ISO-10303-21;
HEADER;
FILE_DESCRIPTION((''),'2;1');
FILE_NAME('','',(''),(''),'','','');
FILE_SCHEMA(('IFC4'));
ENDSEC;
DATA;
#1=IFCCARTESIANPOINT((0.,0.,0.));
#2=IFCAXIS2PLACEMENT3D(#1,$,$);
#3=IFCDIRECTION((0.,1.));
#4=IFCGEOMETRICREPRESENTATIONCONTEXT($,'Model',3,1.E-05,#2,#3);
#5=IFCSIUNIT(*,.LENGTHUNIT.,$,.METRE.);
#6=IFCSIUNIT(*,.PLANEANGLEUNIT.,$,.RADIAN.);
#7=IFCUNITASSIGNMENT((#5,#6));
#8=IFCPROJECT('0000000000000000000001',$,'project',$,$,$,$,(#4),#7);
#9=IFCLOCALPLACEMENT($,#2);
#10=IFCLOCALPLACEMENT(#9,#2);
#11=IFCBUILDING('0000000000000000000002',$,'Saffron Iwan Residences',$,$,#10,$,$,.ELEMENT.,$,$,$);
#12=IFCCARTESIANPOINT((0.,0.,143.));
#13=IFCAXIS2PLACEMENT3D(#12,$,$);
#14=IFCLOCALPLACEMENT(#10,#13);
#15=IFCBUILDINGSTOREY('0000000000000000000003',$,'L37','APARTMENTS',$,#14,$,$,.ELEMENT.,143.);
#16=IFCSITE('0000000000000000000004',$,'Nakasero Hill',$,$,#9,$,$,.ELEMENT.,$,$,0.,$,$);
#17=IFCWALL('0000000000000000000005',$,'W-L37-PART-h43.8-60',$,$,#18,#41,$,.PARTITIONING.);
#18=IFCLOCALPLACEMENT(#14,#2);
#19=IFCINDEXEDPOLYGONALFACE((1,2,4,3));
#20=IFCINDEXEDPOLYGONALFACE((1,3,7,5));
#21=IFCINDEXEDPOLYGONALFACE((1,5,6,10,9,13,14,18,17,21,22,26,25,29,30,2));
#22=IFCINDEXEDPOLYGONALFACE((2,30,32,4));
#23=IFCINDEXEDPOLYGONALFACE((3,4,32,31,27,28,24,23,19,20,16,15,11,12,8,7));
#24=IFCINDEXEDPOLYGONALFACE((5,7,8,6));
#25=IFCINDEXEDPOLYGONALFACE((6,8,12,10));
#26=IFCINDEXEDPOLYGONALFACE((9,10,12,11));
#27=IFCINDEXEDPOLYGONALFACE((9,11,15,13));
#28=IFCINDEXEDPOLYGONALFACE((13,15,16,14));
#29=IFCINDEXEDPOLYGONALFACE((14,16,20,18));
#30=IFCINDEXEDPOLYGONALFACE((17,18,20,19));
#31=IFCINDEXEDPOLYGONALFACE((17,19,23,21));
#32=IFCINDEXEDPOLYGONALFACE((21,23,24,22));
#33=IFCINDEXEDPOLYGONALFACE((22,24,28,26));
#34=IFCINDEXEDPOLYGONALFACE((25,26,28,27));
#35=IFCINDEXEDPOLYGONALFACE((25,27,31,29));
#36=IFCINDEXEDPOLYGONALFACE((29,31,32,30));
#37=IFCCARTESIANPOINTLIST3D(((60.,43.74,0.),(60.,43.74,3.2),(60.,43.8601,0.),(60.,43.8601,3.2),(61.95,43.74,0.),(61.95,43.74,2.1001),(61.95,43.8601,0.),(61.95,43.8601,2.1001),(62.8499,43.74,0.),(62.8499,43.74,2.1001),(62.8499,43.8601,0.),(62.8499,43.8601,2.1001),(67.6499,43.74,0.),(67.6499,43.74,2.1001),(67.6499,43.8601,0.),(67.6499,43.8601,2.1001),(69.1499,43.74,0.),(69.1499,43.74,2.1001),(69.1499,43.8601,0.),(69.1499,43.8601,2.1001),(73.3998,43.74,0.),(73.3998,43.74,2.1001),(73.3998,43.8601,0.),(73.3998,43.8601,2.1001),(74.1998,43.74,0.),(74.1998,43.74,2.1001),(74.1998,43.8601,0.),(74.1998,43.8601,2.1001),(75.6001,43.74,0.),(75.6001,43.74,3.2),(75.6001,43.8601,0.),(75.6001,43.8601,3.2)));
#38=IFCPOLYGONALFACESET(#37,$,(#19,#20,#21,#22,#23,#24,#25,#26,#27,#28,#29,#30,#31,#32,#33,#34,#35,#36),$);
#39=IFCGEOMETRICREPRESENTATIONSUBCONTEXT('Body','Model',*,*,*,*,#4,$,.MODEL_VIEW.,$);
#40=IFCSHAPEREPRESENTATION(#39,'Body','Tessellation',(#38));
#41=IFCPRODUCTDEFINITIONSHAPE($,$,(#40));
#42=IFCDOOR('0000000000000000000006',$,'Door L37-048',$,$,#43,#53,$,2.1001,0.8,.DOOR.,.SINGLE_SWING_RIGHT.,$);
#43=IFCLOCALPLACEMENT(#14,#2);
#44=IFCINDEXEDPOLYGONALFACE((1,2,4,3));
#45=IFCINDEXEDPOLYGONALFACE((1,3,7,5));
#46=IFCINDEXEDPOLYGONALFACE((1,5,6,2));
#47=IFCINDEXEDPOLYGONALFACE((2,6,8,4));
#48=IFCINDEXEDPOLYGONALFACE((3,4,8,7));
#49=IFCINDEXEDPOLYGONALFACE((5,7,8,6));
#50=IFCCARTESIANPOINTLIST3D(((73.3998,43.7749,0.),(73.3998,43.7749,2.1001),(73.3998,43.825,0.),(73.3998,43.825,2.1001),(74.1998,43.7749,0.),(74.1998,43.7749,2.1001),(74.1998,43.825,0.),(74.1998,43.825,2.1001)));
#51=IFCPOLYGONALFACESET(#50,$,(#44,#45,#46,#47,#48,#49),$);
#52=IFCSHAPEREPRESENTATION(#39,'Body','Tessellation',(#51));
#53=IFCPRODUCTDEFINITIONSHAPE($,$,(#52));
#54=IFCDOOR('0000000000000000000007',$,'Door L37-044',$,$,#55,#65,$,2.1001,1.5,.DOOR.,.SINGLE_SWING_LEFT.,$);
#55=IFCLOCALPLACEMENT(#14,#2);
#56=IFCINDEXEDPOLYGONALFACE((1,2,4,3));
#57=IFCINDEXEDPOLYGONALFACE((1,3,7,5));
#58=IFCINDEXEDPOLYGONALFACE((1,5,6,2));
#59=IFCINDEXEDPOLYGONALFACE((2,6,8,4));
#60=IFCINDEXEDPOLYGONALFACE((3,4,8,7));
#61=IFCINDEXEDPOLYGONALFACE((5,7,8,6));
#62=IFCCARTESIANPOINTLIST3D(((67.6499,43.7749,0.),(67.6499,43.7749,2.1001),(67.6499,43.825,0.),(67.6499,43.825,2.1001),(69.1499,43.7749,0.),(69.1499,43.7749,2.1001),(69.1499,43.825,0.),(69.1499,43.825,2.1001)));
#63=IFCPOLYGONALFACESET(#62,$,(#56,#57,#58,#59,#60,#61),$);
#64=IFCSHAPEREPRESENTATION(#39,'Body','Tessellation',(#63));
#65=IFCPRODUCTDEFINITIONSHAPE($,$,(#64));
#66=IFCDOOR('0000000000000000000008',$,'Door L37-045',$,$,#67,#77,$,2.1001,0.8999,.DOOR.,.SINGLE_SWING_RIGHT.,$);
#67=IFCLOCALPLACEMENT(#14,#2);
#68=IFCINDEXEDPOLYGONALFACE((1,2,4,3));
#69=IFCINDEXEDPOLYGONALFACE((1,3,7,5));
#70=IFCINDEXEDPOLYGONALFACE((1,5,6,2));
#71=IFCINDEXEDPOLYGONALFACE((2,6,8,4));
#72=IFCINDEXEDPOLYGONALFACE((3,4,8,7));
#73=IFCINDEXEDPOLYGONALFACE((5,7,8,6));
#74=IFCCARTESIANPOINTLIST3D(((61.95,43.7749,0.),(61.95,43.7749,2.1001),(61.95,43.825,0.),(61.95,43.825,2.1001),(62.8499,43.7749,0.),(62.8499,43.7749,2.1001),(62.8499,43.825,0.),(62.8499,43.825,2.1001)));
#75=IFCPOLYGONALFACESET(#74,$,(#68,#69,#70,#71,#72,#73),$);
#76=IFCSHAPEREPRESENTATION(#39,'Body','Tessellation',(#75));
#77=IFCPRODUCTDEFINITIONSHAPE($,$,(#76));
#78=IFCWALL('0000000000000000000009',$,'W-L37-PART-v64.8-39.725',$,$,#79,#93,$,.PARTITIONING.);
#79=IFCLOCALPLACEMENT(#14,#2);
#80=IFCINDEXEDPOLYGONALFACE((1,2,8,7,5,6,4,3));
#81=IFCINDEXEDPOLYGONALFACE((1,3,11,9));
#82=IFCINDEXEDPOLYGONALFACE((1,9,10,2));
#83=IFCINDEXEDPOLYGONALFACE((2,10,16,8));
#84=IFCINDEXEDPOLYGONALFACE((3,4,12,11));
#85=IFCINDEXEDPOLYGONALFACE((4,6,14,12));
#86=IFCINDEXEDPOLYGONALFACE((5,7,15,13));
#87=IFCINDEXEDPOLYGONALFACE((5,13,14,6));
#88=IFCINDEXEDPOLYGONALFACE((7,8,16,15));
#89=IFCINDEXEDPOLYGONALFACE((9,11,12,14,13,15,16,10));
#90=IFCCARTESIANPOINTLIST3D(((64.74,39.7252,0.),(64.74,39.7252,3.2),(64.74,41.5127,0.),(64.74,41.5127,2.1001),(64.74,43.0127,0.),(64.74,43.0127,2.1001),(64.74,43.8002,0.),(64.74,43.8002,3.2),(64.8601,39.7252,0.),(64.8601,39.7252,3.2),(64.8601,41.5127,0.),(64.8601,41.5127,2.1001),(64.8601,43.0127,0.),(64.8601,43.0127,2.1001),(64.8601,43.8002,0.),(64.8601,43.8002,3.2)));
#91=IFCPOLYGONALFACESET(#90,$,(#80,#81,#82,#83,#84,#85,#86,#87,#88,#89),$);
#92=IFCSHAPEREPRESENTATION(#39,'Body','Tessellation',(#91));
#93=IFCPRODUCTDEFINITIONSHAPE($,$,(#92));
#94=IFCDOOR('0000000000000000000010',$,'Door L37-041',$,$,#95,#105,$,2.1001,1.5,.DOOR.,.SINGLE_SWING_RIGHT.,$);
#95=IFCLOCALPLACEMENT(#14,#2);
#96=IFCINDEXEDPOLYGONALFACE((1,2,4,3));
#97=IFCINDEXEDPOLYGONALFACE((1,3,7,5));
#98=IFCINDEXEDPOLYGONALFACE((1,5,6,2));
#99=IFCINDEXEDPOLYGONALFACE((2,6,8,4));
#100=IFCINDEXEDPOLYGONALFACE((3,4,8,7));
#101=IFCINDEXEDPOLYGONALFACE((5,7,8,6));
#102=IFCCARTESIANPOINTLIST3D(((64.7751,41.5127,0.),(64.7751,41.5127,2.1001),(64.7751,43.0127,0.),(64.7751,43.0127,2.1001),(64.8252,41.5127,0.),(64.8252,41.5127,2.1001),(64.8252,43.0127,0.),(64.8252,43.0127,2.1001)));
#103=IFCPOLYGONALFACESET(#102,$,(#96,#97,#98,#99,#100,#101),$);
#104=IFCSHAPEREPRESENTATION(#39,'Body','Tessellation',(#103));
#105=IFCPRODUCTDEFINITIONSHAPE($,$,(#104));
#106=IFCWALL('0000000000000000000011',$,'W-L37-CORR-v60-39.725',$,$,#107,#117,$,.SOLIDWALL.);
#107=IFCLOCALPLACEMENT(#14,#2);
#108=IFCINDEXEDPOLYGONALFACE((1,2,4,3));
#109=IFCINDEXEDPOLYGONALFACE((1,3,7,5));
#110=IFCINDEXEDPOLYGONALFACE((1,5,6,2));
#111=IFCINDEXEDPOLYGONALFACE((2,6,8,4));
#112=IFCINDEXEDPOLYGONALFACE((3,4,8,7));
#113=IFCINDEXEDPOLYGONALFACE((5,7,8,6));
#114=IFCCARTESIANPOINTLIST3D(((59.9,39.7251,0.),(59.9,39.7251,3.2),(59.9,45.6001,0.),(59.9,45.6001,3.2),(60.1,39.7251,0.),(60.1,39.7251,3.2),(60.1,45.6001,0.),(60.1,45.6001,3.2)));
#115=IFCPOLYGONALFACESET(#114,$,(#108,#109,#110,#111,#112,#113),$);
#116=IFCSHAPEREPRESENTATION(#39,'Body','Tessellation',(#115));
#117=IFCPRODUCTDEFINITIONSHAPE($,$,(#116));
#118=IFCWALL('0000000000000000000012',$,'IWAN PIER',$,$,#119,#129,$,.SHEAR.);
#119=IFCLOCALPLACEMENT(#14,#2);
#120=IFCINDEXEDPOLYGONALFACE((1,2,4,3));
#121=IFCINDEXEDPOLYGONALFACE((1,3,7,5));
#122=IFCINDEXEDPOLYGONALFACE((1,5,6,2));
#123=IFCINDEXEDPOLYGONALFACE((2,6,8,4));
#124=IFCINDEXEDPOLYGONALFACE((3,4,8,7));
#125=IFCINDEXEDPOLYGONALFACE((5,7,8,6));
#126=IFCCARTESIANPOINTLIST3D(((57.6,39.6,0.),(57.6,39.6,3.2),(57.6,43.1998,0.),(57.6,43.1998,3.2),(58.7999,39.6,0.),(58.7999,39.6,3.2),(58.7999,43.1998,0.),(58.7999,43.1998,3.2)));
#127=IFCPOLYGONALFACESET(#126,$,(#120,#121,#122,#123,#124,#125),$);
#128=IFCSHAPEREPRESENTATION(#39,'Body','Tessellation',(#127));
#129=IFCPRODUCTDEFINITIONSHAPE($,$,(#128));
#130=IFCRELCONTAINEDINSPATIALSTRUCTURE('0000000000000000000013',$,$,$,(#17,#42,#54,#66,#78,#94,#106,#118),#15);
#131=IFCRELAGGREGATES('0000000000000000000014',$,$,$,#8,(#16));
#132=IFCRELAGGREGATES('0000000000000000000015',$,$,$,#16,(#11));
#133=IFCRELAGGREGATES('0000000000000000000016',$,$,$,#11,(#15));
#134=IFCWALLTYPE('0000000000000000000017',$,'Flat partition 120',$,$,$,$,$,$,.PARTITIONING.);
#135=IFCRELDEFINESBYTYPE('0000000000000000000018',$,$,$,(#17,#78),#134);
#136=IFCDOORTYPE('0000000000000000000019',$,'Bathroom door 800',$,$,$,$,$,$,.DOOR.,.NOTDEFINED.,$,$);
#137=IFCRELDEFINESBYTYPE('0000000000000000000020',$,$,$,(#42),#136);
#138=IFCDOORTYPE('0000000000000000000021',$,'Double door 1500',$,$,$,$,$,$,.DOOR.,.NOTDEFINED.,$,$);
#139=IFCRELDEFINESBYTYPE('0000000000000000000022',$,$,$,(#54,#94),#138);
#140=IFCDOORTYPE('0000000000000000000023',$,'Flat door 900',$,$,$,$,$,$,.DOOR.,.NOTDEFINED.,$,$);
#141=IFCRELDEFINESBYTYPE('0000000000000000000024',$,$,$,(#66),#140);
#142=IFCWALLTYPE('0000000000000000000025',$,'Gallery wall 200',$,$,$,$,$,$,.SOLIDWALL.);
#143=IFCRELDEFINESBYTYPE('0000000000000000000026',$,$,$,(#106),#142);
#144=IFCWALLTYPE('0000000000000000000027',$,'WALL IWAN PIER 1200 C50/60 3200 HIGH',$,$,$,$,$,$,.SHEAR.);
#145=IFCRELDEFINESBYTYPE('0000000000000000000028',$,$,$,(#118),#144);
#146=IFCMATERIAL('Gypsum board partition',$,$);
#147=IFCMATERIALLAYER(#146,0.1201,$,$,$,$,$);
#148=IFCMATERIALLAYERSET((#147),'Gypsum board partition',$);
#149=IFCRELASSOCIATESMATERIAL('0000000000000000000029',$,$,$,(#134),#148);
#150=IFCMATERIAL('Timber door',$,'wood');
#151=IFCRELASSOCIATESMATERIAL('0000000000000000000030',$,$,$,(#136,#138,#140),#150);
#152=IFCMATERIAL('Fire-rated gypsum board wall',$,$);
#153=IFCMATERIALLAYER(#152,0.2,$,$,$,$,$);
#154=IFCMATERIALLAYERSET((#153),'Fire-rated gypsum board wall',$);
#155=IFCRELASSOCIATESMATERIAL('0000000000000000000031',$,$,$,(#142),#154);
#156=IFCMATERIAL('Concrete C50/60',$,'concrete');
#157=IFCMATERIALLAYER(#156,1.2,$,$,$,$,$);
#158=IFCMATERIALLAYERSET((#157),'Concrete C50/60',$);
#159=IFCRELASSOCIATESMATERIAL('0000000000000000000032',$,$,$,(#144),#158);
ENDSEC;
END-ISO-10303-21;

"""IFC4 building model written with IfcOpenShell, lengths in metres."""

from ifc_helpers import new_model, si_unit, direction, frame, frame_2d, origin, place, context, subcontext, project, spatial, rectangle, extrude, material, layer, layer_set, type_object, element, fill, save


model = new_model("IFC4")

# Units and contexts
model_context = context("Model", 3, precision=1e-05, world=origin(), true_north=direction((0.0, 1.0)))
body_context = subcontext(model_context, "Body", "Model", "MODEL_VIEW")
ifc_project = project(units=[si_unit("LENGTHUNIT", "METRE"), si_unit("PLANEANGLEUNIT", "RADIAN")], contexts=[model_context])

# Site, building, storey
site_placement = place(None, origin())
site = spatial("IfcSite", under=ifc_project, at=site_placement, Name="Nakasero Hill", CompositionType="ELEMENT", RefElevation=0.0)
building_placement = place(site_placement, origin())
building = spatial("IfcBuilding", under=site, at=building_placement, Name="Saffron Iwan Residences", CompositionType="ELEMENT")
storey_placement = place(building_placement, frame((0.0, 0.0, 143.0)))
storey = spatial("IfcBuildingStorey", under=building, at=storey_placement, Name="L37", Description="APARTMENTS", CompositionType="ELEMENT", Elevation=143.0)

# Shared definitions
ifc_material_1 = material(Name="Concrete C50/60", Category="concrete")

# Wall, openings, doors
ifc_material_2 = material(Name="Gypsum board partition")
ifc_layer_1 = layer(ifc_material_2, 0.1201)
ifc_layer_set_1 = layer_set([ifc_layer_1], Name="Gypsum board partition")
wall_type_1 = type_object("IfcWallType", Name="Flat partition 120", PredefinedType="PARTITIONING", material=ifc_layer_set_1)
wall_1_placement = place(storey_placement, frame((60.0, 43.8, 0.0), z_axis=(0.0, 0.0, 1.0), x_axis=(1.0, 0.0, 0.0)))
wall_1 = element("IfcWall", 1, at=wall_1_placement, inside=storey, type_object=wall_type_1, Name="W-L37-PART-h43.8-60", PredefinedType="PARTITIONING", context=body_context, shape_type="SweptSolid", body=[
    extrude(rectangle(XDim=15.6001, YDim=0.1201, at=frame_2d((7.8, 0.0))), origin(), (0.0, 0.0, 1.0), 3.2),
])
opening_1_placement = place(wall_1_placement, frame((7.6499, 0.0, 0.0)))
opening_1 = element("IfcOpeningElement", 2, at=opening_1_placement, cuts=wall_1, PredefinedType="OPENING", context=body_context, shape_type="SweptSolid", body=[
    extrude(rectangle(XDim=1.5, YDim=2.1001, at=frame_2d((0.75, 1.05))), frame((0.0, 0.0701, 0.0), z_axis=(0.0, -1.0, 0.0), x_axis=(1.0, 0.0, 0.0)), (0.0, 0.0, 1.0), 0.1401),
])
opening_2_placement = place(wall_1_placement, frame((1.95, 0.0, 0.0)))
opening_2 = element("IfcOpeningElement", 3, at=opening_2_placement, cuts=wall_1, PredefinedType="OPENING", context=body_context, shape_type="SweptSolid", body=[
    extrude(rectangle(XDim=0.8999, YDim=2.1001, at=frame_2d((0.45, 1.05))), frame((0.0, 0.0701, 0.0), z_axis=(0.0, -1.0, 0.0), x_axis=(1.0, 0.0, 0.0)), (0.0, 0.0, 1.0), 0.1401),
])
opening_3_placement = place(wall_1_placement, frame((13.3999, 0.0, 0.0)))
opening_3 = element("IfcOpeningElement", 4, at=opening_3_placement, cuts=wall_1, PredefinedType="OPENING", context=body_context, shape_type="SweptSolid", body=[
    extrude(rectangle(XDim=0.8, YDim=2.1001, at=frame_2d((0.3999, 1.05))), frame((0.0, 0.0701, 0.0), z_axis=(0.0, -1.0, 0.0), x_axis=(1.0, 0.0, 0.0)), (0.0, 0.0, 1.0), 0.1401),
])
ifc_material_3 = material(Name="Timber door", Category="wood")
door_type_1 = type_object("IfcDoorType", Name="Bathroom door 800", OperationType="NOTDEFINED", PredefinedType="DOOR", material=ifc_material_3)
door_1_placement = place(opening_3_placement, origin())
door_1 = element("IfcDoor", 5, at=door_1_placement, inside=storey, type_object=door_type_1, Name="Door L37-048", OperationType="SINGLE_SWING_RIGHT", OverallHeight=2.1001, OverallWidth=0.8, PredefinedType="DOOR", context=body_context, shape_type="SweptSolid", body=[
    extrude(rectangle(XDim=0.8, YDim=2.1001, at=frame_2d((0.3999, 1.05))), frame((0.0, 0.0249, 0.0), z_axis=(0.0, -1.0, 0.0), x_axis=(1.0, 0.0, 0.0)), (0.0, 0.0, 1.0), 0.05),
])
fill(opening_3, door_1)
door_type_2 = type_object("IfcDoorType", Name="Double door 1500", OperationType="NOTDEFINED", PredefinedType="DOOR", material=ifc_material_3)
door_2_placement = place(opening_1_placement, origin())
door_2 = element("IfcDoor", 6, at=door_2_placement, inside=storey, type_object=door_type_2, Name="Door L37-044", OperationType="SINGLE_SWING_LEFT", OverallHeight=2.1001, OverallWidth=1.5, PredefinedType="DOOR", context=body_context, shape_type="SweptSolid", body=[
    extrude(rectangle(XDim=1.5, YDim=2.1001, at=frame_2d((0.75, 1.05))), frame((0.0, 0.0249, 0.0), z_axis=(0.0, -1.0, 0.0), x_axis=(1.0, 0.0, 0.0)), (0.0, 0.0, 1.0), 0.05),
])
fill(opening_1, door_2)
door_type_3 = type_object("IfcDoorType", Name="Flat door 900", OperationType="NOTDEFINED", PredefinedType="DOOR", material=ifc_material_3)
door_3_placement = place(opening_2_placement, origin())
door_3 = element("IfcDoor", 7, at=door_3_placement, inside=storey, type_object=door_type_3, Name="Door L37-045", OperationType="SINGLE_SWING_RIGHT", OverallHeight=2.1001, OverallWidth=0.8999, PredefinedType="DOOR", context=body_context, shape_type="SweptSolid", body=[
    extrude(rectangle(XDim=0.8999, YDim=2.1001, at=frame_2d((0.45, 1.05))), frame((0.0, 0.0249, 0.0), z_axis=(0.0, -1.0, 0.0), x_axis=(1.0, 0.0, 0.0)), (0.0, 0.0, 1.0), 0.05),
])
fill(opening_2, door_3)

# Wall, opening, door
wall_2_placement = place(storey_placement, frame((64.8, 39.7251, 0.0), z_axis=(0.0, 0.0, 1.0), x_axis=(0.0, 1.0, 0.0)))
wall_2 = element("IfcWall", 8, at=wall_2_placement, inside=storey, type_object=wall_type_1, Name="W-L37-PART-v64.8-39.725", PredefinedType="PARTITIONING", context=body_context, shape_type="SweptSolid", body=[
    extrude(rectangle(XDim=4.075, YDim=0.1201, at=frame_2d((2.0376, 0.0))), origin(), (0.0, 0.0, 1.0), 3.2),
])
opening_4_placement = place(wall_2_placement, frame((1.7876, 0.0, 0.0)))
opening_4 = element("IfcOpeningElement", 9, at=opening_4_placement, cuts=wall_2, PredefinedType="OPENING", context=body_context, shape_type="SweptSolid", body=[
    extrude(rectangle(XDim=1.5, YDim=2.1001, at=frame_2d((0.75, 1.05))), frame((0.0, 0.0701, 0.0), z_axis=(0.0, -1.0, 0.0), x_axis=(1.0, 0.0, 0.0)), (0.0, 0.0, 1.0), 0.1401),
])
door_4_placement = place(opening_4_placement, origin())
door_4 = element("IfcDoor", 10, at=door_4_placement, inside=storey, type_object=door_type_2, Name="Door L37-041", OperationType="SINGLE_SWING_RIGHT", OverallHeight=2.1001, OverallWidth=1.5, PredefinedType="DOOR", context=body_context, shape_type="SweptSolid", body=[
    extrude(rectangle(XDim=1.5, YDim=2.1001, at=frame_2d((0.75, 1.05))), frame((0.0, 0.0249, 0.0), z_axis=(0.0, -1.0, 0.0), x_axis=(1.0, 0.0, 0.0)), (0.0, 0.0, 1.0), 0.05),
])
fill(opening_4, door_4)

# Walls
ifc_material_4 = material(Name="Fire-rated gypsum board wall")
ifc_layer_2 = layer(ifc_material_4, 0.2)
ifc_layer_set_2 = layer_set([ifc_layer_2], Name="Fire-rated gypsum board wall")
wall_type_2 = type_object("IfcWallType", Name="Gallery wall 200", PredefinedType="SOLIDWALL", material=ifc_layer_set_2)
wall_3_placement = place(storey_placement, frame((60.0, 39.7251, 0.0), z_axis=(0.0, 0.0, 1.0), x_axis=(0.0, 1.0, 0.0)))
element("IfcWall", 11, at=wall_3_placement, inside=storey, type_object=wall_type_2, Name="W-L37-CORR-v60-39.725", PredefinedType="SOLIDWALL", context=body_context, shape_type="SweptSolid", body=[
    extrude(rectangle(XDim=5.875, YDim=0.2, at=frame_2d((2.9375, 0.0))), origin(), (0.0, 0.0, 1.0), 3.2),
])
ifc_layer_3 = layer(ifc_material_1, 1.2)
ifc_layer_set_3 = layer_set([ifc_layer_3], Name="Concrete C50/60")
wall_type_3 = type_object("IfcWallType", Name="WALL IWAN PIER 1200 C50/60 3200 HIGH", PredefinedType="SHEAR", material=ifc_layer_set_3)
wall_4_placement = place(storey_placement, frame((58.2, 39.6001, 0.0), z_axis=(0.0, 0.0, 1.0), x_axis=(0.0, 1.0, 0.0)))
element("IfcWall", 12, at=wall_4_placement, inside=storey, type_object=wall_type_3, Name="IWAN PIER", PredefinedType="SHEAR", context=body_context, shape_type="SweptSolid", body=[
    extrude(rectangle(XDim=3.5999, YDim=1.2, at=frame_2d((1.7998, 0.0))), origin(), (0.0, 0.0, 1.0), 3.2),
])

save(model, "model.ifc")
